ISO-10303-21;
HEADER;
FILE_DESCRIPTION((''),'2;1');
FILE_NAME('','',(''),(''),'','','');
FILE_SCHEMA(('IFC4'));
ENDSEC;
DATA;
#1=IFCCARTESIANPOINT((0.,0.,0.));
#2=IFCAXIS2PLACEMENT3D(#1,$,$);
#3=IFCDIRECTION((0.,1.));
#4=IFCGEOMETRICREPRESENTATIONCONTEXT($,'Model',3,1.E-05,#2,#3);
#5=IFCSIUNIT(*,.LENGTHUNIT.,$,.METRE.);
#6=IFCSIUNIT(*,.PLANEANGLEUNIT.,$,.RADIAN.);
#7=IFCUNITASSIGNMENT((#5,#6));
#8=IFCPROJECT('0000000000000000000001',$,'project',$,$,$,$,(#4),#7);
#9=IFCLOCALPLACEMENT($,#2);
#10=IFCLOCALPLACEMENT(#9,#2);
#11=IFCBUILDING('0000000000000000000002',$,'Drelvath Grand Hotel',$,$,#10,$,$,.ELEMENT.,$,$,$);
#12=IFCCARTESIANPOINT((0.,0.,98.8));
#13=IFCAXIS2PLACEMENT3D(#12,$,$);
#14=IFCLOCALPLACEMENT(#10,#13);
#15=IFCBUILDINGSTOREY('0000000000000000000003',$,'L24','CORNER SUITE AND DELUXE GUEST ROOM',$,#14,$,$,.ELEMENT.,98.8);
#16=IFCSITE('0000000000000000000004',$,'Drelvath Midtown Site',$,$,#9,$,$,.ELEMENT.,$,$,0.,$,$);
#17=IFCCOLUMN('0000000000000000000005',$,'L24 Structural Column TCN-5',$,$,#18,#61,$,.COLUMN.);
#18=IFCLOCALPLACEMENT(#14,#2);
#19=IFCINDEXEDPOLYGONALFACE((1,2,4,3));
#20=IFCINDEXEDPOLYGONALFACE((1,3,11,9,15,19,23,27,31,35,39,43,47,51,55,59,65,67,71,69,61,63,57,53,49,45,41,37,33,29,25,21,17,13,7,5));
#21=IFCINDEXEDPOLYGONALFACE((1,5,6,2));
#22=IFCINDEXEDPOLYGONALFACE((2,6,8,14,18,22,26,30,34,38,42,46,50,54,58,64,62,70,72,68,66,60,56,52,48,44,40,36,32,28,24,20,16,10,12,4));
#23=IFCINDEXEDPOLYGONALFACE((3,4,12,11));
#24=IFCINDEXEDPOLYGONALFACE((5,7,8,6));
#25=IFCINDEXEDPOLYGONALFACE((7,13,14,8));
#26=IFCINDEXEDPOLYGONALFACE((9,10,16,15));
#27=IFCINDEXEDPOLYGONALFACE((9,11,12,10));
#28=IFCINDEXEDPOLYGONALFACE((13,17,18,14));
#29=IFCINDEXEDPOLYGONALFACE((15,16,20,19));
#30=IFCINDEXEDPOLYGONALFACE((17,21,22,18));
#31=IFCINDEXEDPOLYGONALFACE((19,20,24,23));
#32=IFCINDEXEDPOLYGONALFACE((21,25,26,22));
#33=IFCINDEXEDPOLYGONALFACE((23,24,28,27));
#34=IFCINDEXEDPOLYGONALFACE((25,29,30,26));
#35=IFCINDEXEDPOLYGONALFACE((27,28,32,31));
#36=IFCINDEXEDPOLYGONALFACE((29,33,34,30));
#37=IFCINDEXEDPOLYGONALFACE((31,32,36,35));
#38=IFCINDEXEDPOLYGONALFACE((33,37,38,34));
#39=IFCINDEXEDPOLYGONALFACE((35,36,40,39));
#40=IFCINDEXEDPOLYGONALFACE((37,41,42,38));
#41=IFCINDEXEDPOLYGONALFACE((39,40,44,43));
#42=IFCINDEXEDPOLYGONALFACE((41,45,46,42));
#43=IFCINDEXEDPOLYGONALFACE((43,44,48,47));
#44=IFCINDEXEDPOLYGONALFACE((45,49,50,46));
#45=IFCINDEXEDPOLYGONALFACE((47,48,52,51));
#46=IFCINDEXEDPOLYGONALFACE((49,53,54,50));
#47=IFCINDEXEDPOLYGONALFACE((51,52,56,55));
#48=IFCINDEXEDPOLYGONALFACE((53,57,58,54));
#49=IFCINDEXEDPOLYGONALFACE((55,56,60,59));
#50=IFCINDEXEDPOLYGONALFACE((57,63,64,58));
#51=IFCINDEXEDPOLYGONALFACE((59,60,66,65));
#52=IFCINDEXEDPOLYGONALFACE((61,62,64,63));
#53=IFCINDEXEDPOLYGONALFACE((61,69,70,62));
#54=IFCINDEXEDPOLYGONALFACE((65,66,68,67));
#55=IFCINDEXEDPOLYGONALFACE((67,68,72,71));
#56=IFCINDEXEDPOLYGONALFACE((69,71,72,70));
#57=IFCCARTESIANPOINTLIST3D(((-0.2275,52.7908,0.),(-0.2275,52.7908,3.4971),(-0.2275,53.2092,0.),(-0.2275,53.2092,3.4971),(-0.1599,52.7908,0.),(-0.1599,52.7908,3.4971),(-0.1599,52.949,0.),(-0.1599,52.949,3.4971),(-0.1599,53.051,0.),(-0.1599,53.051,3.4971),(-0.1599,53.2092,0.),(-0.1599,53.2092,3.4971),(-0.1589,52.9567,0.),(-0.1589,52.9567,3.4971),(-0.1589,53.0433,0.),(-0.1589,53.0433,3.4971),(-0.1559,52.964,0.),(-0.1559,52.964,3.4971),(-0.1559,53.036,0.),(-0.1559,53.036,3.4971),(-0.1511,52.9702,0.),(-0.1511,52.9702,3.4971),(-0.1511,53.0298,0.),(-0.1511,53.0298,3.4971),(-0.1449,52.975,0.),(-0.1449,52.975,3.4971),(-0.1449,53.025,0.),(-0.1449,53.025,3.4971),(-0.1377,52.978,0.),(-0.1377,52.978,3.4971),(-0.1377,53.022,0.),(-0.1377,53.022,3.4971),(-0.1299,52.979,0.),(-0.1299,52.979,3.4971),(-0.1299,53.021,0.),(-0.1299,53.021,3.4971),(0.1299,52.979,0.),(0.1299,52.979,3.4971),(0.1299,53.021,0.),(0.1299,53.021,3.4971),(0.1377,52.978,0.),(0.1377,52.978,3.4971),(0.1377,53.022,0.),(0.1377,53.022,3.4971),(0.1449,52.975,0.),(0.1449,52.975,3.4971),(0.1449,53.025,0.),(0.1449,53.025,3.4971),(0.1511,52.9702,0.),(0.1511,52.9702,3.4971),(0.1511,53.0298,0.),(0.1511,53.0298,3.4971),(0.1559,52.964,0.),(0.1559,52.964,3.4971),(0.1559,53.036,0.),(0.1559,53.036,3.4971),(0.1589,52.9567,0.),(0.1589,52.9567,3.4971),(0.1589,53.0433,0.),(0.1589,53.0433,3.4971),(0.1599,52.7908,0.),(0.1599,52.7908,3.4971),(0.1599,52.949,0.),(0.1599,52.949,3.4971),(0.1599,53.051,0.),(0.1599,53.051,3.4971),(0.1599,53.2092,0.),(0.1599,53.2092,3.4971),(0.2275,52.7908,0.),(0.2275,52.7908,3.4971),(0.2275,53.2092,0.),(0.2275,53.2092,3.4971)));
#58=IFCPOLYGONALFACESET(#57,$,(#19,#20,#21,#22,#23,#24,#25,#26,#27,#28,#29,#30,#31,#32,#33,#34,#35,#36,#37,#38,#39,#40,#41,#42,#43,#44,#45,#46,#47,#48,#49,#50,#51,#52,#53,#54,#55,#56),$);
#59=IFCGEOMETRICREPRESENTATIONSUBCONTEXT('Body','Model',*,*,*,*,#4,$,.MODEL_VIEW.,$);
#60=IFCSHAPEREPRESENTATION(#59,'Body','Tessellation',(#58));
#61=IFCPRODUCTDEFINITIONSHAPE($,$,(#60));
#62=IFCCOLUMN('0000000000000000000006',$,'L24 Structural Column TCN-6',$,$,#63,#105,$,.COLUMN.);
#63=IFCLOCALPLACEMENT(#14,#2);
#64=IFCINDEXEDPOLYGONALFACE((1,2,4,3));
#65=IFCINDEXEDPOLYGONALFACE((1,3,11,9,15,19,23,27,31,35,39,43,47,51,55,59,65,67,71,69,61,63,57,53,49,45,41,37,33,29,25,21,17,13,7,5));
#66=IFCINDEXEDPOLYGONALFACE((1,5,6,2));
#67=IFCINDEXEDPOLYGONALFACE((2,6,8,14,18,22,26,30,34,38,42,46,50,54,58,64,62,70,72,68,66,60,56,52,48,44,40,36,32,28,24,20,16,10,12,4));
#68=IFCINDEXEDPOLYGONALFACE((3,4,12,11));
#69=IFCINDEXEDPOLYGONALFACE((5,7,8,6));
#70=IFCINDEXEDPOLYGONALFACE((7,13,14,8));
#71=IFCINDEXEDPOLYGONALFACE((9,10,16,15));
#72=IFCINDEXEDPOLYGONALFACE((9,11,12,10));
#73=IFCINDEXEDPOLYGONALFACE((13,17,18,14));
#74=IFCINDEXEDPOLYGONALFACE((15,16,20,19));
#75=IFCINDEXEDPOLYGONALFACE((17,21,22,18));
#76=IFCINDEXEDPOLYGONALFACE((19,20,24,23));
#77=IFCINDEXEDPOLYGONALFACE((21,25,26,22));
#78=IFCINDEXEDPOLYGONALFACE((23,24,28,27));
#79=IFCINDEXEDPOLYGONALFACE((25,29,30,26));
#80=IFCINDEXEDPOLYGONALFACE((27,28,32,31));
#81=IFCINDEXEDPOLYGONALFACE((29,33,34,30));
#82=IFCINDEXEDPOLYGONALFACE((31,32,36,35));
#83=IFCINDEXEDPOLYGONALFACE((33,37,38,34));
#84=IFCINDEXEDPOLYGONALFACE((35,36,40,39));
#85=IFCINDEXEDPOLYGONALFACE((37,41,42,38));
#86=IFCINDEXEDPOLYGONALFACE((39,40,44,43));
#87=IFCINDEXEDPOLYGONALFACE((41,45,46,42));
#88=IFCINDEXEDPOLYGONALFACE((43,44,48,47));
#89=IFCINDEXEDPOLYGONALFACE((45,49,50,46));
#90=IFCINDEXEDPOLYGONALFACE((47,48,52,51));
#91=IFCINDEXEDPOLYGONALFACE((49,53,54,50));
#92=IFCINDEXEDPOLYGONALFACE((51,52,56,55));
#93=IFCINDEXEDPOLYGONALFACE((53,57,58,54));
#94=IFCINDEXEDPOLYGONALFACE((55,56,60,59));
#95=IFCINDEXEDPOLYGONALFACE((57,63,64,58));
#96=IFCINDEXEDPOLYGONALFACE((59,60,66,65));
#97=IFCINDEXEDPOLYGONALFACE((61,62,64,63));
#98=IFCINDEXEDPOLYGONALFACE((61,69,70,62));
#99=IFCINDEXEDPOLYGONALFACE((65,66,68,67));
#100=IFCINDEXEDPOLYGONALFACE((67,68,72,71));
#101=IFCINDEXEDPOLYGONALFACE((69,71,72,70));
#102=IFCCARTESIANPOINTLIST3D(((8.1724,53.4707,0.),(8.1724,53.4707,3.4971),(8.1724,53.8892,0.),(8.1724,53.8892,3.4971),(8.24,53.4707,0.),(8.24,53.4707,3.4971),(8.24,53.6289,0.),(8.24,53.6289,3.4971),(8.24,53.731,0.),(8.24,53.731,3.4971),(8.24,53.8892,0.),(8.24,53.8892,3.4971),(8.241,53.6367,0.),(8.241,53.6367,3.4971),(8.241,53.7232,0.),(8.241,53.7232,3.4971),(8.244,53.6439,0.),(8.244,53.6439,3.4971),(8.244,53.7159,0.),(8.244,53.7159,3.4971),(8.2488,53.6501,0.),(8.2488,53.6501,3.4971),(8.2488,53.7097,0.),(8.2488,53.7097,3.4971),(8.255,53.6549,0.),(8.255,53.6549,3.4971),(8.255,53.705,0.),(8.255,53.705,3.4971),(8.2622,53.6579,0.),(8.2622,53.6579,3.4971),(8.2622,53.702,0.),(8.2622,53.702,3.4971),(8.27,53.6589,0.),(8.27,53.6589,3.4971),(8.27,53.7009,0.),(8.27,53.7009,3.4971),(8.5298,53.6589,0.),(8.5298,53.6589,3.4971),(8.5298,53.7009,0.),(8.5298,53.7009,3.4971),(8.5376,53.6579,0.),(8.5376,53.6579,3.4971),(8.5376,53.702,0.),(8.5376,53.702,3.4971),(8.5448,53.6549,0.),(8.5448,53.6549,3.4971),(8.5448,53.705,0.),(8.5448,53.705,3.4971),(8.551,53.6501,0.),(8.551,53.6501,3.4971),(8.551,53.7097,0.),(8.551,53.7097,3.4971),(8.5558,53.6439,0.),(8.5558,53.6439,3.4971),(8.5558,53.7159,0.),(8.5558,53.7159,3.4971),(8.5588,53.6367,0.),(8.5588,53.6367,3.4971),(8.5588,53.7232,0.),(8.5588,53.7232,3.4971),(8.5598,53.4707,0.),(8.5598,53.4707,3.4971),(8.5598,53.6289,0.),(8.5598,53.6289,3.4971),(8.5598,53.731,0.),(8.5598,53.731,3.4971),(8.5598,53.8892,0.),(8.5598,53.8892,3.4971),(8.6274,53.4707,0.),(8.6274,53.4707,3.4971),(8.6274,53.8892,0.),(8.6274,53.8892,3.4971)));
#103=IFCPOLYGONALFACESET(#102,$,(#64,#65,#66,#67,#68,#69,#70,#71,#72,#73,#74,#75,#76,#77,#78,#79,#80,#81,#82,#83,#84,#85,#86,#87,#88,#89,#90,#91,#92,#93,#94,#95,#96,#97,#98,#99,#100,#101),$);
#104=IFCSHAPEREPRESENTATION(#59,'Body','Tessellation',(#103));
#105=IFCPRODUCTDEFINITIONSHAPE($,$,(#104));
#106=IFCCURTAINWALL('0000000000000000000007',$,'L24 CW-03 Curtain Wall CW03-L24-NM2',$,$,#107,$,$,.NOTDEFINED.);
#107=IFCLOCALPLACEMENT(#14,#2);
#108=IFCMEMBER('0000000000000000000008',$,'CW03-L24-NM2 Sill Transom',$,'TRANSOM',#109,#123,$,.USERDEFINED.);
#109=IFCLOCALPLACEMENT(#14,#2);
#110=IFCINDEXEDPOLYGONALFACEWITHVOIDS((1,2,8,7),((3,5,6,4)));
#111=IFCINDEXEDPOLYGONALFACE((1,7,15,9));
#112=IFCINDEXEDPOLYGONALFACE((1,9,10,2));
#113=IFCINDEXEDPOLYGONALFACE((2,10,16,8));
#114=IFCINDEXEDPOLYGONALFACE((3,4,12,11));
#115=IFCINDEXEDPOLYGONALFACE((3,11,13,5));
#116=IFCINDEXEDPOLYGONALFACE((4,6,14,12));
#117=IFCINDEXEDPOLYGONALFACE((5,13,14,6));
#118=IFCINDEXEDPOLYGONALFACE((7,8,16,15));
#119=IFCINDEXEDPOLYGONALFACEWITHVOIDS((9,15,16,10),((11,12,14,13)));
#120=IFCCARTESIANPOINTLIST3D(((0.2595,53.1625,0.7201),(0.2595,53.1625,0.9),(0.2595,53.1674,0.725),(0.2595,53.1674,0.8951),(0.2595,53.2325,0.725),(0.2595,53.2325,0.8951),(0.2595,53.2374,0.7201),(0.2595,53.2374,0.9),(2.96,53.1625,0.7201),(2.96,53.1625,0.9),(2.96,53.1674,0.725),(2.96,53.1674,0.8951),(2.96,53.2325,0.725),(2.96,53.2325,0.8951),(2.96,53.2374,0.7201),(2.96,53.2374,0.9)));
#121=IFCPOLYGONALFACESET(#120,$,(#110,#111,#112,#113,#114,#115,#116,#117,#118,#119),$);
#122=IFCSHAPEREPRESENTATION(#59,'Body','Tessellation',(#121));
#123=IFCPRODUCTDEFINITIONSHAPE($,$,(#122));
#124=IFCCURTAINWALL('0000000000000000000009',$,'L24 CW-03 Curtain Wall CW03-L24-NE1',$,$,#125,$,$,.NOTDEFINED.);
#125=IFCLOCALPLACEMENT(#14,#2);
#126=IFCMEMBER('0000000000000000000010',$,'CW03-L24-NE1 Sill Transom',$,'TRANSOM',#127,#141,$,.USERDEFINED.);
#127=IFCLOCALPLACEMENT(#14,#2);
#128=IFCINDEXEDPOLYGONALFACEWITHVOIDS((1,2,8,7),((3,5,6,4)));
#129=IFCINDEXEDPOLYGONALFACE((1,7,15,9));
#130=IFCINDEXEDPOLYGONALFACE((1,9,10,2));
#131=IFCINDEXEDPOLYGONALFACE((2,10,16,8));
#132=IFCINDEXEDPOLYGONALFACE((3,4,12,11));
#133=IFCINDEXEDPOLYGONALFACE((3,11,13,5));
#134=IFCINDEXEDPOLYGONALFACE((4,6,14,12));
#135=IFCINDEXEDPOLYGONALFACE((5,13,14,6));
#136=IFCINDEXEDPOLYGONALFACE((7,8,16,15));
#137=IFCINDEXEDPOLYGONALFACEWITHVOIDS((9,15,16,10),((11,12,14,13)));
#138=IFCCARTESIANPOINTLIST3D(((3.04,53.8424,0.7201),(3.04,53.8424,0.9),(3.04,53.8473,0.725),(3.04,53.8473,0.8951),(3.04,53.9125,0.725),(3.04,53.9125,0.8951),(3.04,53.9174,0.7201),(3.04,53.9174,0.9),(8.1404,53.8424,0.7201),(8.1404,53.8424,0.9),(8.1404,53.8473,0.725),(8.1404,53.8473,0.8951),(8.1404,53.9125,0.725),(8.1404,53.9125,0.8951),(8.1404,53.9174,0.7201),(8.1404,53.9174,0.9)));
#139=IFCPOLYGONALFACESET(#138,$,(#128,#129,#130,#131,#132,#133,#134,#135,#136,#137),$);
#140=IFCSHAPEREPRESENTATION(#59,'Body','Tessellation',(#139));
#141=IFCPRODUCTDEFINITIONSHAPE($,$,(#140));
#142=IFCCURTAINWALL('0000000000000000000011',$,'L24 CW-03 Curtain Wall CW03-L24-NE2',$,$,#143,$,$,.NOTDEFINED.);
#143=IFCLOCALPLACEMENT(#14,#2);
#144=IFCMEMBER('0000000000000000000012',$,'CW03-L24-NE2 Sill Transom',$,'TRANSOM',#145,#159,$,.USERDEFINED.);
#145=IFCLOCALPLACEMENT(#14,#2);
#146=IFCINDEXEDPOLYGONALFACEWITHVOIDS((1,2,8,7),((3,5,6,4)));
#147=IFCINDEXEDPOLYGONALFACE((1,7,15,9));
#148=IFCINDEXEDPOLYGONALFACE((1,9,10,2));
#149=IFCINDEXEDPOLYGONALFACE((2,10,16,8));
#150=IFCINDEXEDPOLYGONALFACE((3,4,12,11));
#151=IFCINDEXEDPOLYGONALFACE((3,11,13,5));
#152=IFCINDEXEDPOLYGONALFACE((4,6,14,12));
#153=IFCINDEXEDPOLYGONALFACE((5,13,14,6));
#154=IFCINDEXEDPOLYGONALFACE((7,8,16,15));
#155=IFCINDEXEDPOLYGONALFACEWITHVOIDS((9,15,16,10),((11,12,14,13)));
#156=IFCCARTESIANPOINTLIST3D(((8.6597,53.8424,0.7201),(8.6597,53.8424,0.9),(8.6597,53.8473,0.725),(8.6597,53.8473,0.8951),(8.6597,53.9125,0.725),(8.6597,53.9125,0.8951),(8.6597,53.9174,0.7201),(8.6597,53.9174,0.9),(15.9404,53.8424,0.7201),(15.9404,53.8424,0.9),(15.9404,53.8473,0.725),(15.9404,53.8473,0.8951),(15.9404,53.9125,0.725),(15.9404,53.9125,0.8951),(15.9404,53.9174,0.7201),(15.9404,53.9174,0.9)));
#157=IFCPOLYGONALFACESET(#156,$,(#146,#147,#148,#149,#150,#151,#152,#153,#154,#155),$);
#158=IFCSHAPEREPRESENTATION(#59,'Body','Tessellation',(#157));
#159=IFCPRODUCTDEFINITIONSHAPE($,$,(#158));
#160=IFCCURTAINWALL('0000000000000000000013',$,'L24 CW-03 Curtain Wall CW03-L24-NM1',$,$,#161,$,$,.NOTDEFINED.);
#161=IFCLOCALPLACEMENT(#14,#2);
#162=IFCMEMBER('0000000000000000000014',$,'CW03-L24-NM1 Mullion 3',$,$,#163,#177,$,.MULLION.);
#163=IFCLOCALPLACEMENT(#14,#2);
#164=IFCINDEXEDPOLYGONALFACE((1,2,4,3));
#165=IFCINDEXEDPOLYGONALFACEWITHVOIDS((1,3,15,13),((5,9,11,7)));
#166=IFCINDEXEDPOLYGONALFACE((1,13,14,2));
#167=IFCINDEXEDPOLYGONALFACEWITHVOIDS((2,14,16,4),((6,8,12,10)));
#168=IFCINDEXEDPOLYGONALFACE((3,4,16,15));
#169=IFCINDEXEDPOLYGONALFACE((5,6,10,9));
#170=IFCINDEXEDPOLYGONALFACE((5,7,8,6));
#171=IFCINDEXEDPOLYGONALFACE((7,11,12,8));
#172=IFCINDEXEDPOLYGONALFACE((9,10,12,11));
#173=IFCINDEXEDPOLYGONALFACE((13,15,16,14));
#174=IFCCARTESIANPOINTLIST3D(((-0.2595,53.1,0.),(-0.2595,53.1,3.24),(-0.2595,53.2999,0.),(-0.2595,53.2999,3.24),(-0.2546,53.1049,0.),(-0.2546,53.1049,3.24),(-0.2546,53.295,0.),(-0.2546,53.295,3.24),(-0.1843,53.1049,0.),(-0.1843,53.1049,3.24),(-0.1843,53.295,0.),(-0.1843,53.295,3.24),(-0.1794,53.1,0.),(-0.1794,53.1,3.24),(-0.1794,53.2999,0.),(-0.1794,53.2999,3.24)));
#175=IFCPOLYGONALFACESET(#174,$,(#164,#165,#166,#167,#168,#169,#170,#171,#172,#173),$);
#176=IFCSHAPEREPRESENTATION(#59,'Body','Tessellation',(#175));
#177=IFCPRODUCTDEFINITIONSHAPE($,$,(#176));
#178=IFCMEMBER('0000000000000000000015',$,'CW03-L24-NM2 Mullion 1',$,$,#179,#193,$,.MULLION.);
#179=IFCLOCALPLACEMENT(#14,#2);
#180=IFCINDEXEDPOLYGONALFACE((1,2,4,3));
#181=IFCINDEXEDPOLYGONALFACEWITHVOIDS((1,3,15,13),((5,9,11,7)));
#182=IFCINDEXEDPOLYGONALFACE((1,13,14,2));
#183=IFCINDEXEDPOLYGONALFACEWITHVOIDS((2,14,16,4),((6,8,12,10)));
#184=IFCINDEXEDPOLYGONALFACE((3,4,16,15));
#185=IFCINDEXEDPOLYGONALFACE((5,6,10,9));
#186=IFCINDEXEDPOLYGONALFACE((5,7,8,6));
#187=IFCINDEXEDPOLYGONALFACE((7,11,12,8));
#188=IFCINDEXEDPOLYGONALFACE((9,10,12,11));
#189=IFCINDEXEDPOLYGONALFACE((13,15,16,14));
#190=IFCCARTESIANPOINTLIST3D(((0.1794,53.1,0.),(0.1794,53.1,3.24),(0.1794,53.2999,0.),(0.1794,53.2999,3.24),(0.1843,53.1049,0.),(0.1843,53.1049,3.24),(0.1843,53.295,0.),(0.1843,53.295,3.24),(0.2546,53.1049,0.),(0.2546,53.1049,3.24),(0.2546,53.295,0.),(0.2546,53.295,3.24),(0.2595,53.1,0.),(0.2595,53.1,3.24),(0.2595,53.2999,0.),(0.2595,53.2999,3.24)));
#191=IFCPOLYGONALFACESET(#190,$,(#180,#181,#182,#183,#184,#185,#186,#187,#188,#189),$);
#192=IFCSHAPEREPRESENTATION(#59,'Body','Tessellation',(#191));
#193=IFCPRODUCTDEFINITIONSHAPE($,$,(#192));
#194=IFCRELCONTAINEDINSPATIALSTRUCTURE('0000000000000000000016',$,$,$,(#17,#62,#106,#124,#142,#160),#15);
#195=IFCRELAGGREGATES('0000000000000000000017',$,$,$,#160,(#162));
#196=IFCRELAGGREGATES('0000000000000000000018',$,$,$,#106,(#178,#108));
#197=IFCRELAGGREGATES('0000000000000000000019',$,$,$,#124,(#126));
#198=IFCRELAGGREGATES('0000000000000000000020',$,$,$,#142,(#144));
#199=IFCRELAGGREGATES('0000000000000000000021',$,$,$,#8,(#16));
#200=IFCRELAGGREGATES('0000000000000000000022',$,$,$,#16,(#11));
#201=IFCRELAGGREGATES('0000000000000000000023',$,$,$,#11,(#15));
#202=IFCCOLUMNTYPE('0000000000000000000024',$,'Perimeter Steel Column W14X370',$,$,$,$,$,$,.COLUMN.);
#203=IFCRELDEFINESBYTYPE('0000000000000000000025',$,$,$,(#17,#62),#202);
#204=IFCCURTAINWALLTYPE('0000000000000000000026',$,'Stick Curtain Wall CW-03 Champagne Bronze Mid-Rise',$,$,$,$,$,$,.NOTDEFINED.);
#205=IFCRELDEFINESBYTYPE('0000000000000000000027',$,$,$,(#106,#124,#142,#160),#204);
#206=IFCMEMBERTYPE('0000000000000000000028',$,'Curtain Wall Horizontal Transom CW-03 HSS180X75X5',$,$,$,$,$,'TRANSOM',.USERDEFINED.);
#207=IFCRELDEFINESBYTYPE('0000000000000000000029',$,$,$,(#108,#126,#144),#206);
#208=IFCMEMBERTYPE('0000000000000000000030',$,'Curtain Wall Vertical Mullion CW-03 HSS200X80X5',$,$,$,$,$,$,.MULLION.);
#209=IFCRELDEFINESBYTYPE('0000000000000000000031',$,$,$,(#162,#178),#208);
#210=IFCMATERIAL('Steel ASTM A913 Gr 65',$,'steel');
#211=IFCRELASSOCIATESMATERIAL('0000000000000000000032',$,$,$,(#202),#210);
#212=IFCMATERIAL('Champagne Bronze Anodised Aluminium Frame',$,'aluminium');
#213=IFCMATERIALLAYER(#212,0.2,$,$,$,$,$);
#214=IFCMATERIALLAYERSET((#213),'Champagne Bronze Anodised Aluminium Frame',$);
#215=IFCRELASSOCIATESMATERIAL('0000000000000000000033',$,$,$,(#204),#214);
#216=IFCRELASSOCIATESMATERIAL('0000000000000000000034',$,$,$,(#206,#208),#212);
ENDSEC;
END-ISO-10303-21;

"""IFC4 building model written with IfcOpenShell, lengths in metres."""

from ifc_helpers import new_model, si_unit, direction, frame, origin, origin_2d, place, context, subcontext, project, spatial, hollow_rectangle, i_section, extrude, material, layer, layer_set, material_profile, profile_set, type_object, element, aggregate, save


model = new_model("IFC4")

# Units and contexts
model_context = context("Model", 3, precision=1e-05, world=origin(), true_north=direction((0.0, 1.0)))
body_context = subcontext(model_context, "Body", "Model", "MODEL_VIEW")
ifc_project = project(units=[si_unit("LENGTHUNIT", "METRE"), si_unit("PLANEANGLEUNIT", "RADIAN")], contexts=[model_context])

# Site, building, storey
site_placement = place(None, origin())
site = spatial("IfcSite", under=ifc_project, at=site_placement, Name="Drelvath Midtown Site", CompositionType="ELEMENT", RefElevation=0.0)
building_placement = place(site_placement, origin())
building = spatial("IfcBuilding", under=site, at=building_placement, Name="Drelvath Grand Hotel", CompositionType="ELEMENT")
storey_placement = place(building_placement, frame((0.0, 0.0, 98.8)))
storey = spatial("IfcBuildingStorey", under=building, at=storey_placement, Name="L24", Description="CORNER SUITE AND DELUXE GUEST ROOM", CompositionType="ELEMENT", Elevation=98.8)

# Columns
ifc_material_1 = material(Name="Steel ASTM A913 Gr 65", Category="steel")
ifc_material_profile_1 = material_profile(ifc_material_1, i_section(OverallWidth=0.4185, OverallDepth=0.4551, WebThickness=0.042, FlangeThickness=0.0676, FilletRadius=0.03, at=origin_2d()), Name="W14X370")
ifc_profile_set_1 = profile_set([ifc_material_profile_1], Name="Steel ASTM A913 Gr 65")
column_type = type_object("IfcColumnType", Name="Perimeter Steel Column W14X370", PredefinedType="COLUMN", material=ifc_profile_set_1)
for number, where, z_axis, x_axis, name in (
    (1, (0.0, 53.0, 0.0), (0.0, 0.0, 1.0), (0.0, 1.0, 0.0), "L24 Structural Column TCN-5"),
    (2, (8.3999, 53.6799, 0.0), (0.0, 0.0, 1.0), (0.0, 1.0, 0.0), "L24 Structural Column TCN-6"),
):
    element("IfcColumn", number, at=place(storey_placement, frame(where, z_axis=z_axis, x_axis=x_axis)), inside=storey, type_object=column_type, Name=name, PredefinedType="COLUMN", context=body_context, shape_type="SweptSolid", body=[
        extrude(i_section(OverallWidth=0.4185, OverallDepth=0.4551, WebThickness=0.042, FlangeThickness=0.0676, FilletRadius=0.03, at=origin_2d()), origin(), (0.0, 0.0, 1.0), 3.4971),
    ])

# Curtain walls, members
ifc_material_2 = material(Name="Champagne Bronze Anodised Aluminium Frame", Category="aluminium")
ifc_layer_1 = layer(ifc_material_2, 0.2)
ifc_layer_set_1 = layer_set([ifc_layer_1], Name="Champagne Bronze Anodised Aluminium Frame")
curtain_wall_type = type_object("IfcCurtainWallType", Name="Stick Curtain Wall CW-03 Champagne Bronze Mid-Rise", PredefinedType="NOTDEFINED", material=ifc_layer_set_1)
curtain_wall_1_placement = place(storey_placement, origin())
curtain_wall_1 = element("IfcCurtainWall", 3, at=curtain_wall_1_placement, inside=storey, type_object=curtain_wall_type, Name="L24 CW-03 Curtain Wall CW03-L24-NM2", PredefinedType="NOTDEFINED")
ifc_material_profile_2 = material_profile(ifc_material_2, hollow_rectangle(XDim=0.075, YDim=0.1799, WallThickness=0.0049, at=origin_2d()), Name="HSS180X75X5")
ifc_profile_set_2 = profile_set([ifc_material_profile_2], Name="Champagne Bronze Anodised Aluminium Frame")
member_type_1 = type_object("IfcMemberType", Name="Curtain Wall Horizontal Transom CW-03 HSS180X75X5", ElementType="TRANSOM", PredefinedType="USERDEFINED", material=ifc_profile_set_2)
member_1_placement = place(storey_placement, frame((0.2595, 53.2, 0.8101), z_axis=(1.0, 0.0, 0.0), x_axis=(0.0, 1.0, 0.0)))
member_1 = element("IfcMember", 4, at=member_1_placement, type_object=member_type_1, Name="CW03-L24-NM2 Sill Transom", ObjectType="TRANSOM", PredefinedType="USERDEFINED", context=body_context, shape_type="SweptSolid", body=[
    extrude(hollow_rectangle(XDim=0.075, YDim=0.1799, WallThickness=0.0049, at=origin_2d()), origin(), (0.0, 0.0, 1.0), 2.7004),
])
curtain_wall_2_placement = place(storey_placement, origin())
curtain_wall_2 = element("IfcCurtainWall", 5, at=curtain_wall_2_placement, inside=storey, type_object=curtain_wall_type, Name="L24 CW-03 Curtain Wall CW03-L24-NE1", PredefinedType="NOTDEFINED")
member_2_placement = place(storey_placement, frame((3.04, 53.8799, 0.8101), z_axis=(1.0, 0.0, 0.0), x_axis=(0.0, 1.0, 0.0)))
member_2 = element("IfcMember", 6, at=member_2_placement, type_object=member_type_1, Name="CW03-L24-NE1 Sill Transom", ObjectType="TRANSOM", PredefinedType="USERDEFINED", context=body_context, shape_type="SweptSolid", body=[
    extrude(hollow_rectangle(XDim=0.075, YDim=0.1799, WallThickness=0.0049, at=origin_2d()), origin(), (0.0, 0.0, 1.0), 5.1003),
])
curtain_wall_3_placement = place(storey_placement, origin())
curtain_wall_3 = element("IfcCurtainWall", 7, at=curtain_wall_3_placement, inside=storey, type_object=curtain_wall_type, Name="L24 CW-03 Curtain Wall CW03-L24-NE2", PredefinedType="NOTDEFINED")
member_3_placement = place(storey_placement, frame((8.6597, 53.8799, 0.8101), z_axis=(1.0, 0.0, 0.0), x_axis=(0.0, 1.0, 0.0)))
member_3 = element("IfcMember", 8, at=member_3_placement, type_object=member_type_1, Name="CW03-L24-NE2 Sill Transom", ObjectType="TRANSOM", PredefinedType="USERDEFINED", context=body_context, shape_type="SweptSolid", body=[
    extrude(hollow_rectangle(XDim=0.075, YDim=0.1799, WallThickness=0.0049, at=origin_2d()), origin(), (0.0, 0.0, 1.0), 7.2808),
])
curtain_wall_4_placement = place(storey_placement, origin())
curtain_wall_4 = element("IfcCurtainWall", 9, at=curtain_wall_4_placement, inside=storey, type_object=curtain_wall_type, Name="L24 CW-03 Curtain Wall CW03-L24-NM1", PredefinedType="NOTDEFINED")
ifc_material_profile_3 = material_profile(ifc_material_2, hollow_rectangle(XDim=0.0801, YDim=0.2, WallThickness=0.0049, at=origin_2d()), Name="HSS200X80X5")
ifc_profile_set_3 = profile_set([ifc_material_profile_3], Name="Champagne Bronze Anodised Aluminium Frame")
member_type_2 = type_object("IfcMemberType", Name="Curtain Wall Vertical Mullion CW-03 HSS200X80X5", PredefinedType="MULLION", material=ifc_profile_set_3)
member_4_placement = place(storey_placement, frame((-0.2195, 53.2, 0.0), z_axis=(0.0, 0.0, 1.0), x_axis=(1.0, 0.0, 0.0)))
member_4 = element("IfcMember", 10, at=member_4_placement, type_object=member_type_2, Name="CW03-L24-NM1 Mullion 3", PredefinedType="MULLION", context=body_context, shape_type="SweptSolid", body=[
    extrude(hollow_rectangle(XDim=0.0801, YDim=0.2, WallThickness=0.0049, at=origin_2d()), origin(), (0.0, 0.0, 1.0), 3.24),
])
aggregate(curtain_wall_4, [member_4])

# Member
member_5_placement = place(storey_placement, frame((0.2195, 53.2, 0.0), z_axis=(0.0, 0.0, 1.0), x_axis=(1.0, 0.0, 0.0)))
member_5 = element("IfcMember", 11, at=member_5_placement, type_object=member_type_2, Name="CW03-L24-NM2 Mullion 1", PredefinedType="MULLION", context=body_context, shape_type="SweptSolid", body=[
    extrude(hollow_rectangle(XDim=0.0801, YDim=0.2, WallThickness=0.0049, at=origin_2d()), origin(), (0.0, 0.0, 1.0), 3.24),
])

aggregate(curtain_wall_1, [member_5, member_1])
aggregate(curtain_wall_2, [member_2])
aggregate(curtain_wall_3, [member_3])

save(model, "model.ifc")
